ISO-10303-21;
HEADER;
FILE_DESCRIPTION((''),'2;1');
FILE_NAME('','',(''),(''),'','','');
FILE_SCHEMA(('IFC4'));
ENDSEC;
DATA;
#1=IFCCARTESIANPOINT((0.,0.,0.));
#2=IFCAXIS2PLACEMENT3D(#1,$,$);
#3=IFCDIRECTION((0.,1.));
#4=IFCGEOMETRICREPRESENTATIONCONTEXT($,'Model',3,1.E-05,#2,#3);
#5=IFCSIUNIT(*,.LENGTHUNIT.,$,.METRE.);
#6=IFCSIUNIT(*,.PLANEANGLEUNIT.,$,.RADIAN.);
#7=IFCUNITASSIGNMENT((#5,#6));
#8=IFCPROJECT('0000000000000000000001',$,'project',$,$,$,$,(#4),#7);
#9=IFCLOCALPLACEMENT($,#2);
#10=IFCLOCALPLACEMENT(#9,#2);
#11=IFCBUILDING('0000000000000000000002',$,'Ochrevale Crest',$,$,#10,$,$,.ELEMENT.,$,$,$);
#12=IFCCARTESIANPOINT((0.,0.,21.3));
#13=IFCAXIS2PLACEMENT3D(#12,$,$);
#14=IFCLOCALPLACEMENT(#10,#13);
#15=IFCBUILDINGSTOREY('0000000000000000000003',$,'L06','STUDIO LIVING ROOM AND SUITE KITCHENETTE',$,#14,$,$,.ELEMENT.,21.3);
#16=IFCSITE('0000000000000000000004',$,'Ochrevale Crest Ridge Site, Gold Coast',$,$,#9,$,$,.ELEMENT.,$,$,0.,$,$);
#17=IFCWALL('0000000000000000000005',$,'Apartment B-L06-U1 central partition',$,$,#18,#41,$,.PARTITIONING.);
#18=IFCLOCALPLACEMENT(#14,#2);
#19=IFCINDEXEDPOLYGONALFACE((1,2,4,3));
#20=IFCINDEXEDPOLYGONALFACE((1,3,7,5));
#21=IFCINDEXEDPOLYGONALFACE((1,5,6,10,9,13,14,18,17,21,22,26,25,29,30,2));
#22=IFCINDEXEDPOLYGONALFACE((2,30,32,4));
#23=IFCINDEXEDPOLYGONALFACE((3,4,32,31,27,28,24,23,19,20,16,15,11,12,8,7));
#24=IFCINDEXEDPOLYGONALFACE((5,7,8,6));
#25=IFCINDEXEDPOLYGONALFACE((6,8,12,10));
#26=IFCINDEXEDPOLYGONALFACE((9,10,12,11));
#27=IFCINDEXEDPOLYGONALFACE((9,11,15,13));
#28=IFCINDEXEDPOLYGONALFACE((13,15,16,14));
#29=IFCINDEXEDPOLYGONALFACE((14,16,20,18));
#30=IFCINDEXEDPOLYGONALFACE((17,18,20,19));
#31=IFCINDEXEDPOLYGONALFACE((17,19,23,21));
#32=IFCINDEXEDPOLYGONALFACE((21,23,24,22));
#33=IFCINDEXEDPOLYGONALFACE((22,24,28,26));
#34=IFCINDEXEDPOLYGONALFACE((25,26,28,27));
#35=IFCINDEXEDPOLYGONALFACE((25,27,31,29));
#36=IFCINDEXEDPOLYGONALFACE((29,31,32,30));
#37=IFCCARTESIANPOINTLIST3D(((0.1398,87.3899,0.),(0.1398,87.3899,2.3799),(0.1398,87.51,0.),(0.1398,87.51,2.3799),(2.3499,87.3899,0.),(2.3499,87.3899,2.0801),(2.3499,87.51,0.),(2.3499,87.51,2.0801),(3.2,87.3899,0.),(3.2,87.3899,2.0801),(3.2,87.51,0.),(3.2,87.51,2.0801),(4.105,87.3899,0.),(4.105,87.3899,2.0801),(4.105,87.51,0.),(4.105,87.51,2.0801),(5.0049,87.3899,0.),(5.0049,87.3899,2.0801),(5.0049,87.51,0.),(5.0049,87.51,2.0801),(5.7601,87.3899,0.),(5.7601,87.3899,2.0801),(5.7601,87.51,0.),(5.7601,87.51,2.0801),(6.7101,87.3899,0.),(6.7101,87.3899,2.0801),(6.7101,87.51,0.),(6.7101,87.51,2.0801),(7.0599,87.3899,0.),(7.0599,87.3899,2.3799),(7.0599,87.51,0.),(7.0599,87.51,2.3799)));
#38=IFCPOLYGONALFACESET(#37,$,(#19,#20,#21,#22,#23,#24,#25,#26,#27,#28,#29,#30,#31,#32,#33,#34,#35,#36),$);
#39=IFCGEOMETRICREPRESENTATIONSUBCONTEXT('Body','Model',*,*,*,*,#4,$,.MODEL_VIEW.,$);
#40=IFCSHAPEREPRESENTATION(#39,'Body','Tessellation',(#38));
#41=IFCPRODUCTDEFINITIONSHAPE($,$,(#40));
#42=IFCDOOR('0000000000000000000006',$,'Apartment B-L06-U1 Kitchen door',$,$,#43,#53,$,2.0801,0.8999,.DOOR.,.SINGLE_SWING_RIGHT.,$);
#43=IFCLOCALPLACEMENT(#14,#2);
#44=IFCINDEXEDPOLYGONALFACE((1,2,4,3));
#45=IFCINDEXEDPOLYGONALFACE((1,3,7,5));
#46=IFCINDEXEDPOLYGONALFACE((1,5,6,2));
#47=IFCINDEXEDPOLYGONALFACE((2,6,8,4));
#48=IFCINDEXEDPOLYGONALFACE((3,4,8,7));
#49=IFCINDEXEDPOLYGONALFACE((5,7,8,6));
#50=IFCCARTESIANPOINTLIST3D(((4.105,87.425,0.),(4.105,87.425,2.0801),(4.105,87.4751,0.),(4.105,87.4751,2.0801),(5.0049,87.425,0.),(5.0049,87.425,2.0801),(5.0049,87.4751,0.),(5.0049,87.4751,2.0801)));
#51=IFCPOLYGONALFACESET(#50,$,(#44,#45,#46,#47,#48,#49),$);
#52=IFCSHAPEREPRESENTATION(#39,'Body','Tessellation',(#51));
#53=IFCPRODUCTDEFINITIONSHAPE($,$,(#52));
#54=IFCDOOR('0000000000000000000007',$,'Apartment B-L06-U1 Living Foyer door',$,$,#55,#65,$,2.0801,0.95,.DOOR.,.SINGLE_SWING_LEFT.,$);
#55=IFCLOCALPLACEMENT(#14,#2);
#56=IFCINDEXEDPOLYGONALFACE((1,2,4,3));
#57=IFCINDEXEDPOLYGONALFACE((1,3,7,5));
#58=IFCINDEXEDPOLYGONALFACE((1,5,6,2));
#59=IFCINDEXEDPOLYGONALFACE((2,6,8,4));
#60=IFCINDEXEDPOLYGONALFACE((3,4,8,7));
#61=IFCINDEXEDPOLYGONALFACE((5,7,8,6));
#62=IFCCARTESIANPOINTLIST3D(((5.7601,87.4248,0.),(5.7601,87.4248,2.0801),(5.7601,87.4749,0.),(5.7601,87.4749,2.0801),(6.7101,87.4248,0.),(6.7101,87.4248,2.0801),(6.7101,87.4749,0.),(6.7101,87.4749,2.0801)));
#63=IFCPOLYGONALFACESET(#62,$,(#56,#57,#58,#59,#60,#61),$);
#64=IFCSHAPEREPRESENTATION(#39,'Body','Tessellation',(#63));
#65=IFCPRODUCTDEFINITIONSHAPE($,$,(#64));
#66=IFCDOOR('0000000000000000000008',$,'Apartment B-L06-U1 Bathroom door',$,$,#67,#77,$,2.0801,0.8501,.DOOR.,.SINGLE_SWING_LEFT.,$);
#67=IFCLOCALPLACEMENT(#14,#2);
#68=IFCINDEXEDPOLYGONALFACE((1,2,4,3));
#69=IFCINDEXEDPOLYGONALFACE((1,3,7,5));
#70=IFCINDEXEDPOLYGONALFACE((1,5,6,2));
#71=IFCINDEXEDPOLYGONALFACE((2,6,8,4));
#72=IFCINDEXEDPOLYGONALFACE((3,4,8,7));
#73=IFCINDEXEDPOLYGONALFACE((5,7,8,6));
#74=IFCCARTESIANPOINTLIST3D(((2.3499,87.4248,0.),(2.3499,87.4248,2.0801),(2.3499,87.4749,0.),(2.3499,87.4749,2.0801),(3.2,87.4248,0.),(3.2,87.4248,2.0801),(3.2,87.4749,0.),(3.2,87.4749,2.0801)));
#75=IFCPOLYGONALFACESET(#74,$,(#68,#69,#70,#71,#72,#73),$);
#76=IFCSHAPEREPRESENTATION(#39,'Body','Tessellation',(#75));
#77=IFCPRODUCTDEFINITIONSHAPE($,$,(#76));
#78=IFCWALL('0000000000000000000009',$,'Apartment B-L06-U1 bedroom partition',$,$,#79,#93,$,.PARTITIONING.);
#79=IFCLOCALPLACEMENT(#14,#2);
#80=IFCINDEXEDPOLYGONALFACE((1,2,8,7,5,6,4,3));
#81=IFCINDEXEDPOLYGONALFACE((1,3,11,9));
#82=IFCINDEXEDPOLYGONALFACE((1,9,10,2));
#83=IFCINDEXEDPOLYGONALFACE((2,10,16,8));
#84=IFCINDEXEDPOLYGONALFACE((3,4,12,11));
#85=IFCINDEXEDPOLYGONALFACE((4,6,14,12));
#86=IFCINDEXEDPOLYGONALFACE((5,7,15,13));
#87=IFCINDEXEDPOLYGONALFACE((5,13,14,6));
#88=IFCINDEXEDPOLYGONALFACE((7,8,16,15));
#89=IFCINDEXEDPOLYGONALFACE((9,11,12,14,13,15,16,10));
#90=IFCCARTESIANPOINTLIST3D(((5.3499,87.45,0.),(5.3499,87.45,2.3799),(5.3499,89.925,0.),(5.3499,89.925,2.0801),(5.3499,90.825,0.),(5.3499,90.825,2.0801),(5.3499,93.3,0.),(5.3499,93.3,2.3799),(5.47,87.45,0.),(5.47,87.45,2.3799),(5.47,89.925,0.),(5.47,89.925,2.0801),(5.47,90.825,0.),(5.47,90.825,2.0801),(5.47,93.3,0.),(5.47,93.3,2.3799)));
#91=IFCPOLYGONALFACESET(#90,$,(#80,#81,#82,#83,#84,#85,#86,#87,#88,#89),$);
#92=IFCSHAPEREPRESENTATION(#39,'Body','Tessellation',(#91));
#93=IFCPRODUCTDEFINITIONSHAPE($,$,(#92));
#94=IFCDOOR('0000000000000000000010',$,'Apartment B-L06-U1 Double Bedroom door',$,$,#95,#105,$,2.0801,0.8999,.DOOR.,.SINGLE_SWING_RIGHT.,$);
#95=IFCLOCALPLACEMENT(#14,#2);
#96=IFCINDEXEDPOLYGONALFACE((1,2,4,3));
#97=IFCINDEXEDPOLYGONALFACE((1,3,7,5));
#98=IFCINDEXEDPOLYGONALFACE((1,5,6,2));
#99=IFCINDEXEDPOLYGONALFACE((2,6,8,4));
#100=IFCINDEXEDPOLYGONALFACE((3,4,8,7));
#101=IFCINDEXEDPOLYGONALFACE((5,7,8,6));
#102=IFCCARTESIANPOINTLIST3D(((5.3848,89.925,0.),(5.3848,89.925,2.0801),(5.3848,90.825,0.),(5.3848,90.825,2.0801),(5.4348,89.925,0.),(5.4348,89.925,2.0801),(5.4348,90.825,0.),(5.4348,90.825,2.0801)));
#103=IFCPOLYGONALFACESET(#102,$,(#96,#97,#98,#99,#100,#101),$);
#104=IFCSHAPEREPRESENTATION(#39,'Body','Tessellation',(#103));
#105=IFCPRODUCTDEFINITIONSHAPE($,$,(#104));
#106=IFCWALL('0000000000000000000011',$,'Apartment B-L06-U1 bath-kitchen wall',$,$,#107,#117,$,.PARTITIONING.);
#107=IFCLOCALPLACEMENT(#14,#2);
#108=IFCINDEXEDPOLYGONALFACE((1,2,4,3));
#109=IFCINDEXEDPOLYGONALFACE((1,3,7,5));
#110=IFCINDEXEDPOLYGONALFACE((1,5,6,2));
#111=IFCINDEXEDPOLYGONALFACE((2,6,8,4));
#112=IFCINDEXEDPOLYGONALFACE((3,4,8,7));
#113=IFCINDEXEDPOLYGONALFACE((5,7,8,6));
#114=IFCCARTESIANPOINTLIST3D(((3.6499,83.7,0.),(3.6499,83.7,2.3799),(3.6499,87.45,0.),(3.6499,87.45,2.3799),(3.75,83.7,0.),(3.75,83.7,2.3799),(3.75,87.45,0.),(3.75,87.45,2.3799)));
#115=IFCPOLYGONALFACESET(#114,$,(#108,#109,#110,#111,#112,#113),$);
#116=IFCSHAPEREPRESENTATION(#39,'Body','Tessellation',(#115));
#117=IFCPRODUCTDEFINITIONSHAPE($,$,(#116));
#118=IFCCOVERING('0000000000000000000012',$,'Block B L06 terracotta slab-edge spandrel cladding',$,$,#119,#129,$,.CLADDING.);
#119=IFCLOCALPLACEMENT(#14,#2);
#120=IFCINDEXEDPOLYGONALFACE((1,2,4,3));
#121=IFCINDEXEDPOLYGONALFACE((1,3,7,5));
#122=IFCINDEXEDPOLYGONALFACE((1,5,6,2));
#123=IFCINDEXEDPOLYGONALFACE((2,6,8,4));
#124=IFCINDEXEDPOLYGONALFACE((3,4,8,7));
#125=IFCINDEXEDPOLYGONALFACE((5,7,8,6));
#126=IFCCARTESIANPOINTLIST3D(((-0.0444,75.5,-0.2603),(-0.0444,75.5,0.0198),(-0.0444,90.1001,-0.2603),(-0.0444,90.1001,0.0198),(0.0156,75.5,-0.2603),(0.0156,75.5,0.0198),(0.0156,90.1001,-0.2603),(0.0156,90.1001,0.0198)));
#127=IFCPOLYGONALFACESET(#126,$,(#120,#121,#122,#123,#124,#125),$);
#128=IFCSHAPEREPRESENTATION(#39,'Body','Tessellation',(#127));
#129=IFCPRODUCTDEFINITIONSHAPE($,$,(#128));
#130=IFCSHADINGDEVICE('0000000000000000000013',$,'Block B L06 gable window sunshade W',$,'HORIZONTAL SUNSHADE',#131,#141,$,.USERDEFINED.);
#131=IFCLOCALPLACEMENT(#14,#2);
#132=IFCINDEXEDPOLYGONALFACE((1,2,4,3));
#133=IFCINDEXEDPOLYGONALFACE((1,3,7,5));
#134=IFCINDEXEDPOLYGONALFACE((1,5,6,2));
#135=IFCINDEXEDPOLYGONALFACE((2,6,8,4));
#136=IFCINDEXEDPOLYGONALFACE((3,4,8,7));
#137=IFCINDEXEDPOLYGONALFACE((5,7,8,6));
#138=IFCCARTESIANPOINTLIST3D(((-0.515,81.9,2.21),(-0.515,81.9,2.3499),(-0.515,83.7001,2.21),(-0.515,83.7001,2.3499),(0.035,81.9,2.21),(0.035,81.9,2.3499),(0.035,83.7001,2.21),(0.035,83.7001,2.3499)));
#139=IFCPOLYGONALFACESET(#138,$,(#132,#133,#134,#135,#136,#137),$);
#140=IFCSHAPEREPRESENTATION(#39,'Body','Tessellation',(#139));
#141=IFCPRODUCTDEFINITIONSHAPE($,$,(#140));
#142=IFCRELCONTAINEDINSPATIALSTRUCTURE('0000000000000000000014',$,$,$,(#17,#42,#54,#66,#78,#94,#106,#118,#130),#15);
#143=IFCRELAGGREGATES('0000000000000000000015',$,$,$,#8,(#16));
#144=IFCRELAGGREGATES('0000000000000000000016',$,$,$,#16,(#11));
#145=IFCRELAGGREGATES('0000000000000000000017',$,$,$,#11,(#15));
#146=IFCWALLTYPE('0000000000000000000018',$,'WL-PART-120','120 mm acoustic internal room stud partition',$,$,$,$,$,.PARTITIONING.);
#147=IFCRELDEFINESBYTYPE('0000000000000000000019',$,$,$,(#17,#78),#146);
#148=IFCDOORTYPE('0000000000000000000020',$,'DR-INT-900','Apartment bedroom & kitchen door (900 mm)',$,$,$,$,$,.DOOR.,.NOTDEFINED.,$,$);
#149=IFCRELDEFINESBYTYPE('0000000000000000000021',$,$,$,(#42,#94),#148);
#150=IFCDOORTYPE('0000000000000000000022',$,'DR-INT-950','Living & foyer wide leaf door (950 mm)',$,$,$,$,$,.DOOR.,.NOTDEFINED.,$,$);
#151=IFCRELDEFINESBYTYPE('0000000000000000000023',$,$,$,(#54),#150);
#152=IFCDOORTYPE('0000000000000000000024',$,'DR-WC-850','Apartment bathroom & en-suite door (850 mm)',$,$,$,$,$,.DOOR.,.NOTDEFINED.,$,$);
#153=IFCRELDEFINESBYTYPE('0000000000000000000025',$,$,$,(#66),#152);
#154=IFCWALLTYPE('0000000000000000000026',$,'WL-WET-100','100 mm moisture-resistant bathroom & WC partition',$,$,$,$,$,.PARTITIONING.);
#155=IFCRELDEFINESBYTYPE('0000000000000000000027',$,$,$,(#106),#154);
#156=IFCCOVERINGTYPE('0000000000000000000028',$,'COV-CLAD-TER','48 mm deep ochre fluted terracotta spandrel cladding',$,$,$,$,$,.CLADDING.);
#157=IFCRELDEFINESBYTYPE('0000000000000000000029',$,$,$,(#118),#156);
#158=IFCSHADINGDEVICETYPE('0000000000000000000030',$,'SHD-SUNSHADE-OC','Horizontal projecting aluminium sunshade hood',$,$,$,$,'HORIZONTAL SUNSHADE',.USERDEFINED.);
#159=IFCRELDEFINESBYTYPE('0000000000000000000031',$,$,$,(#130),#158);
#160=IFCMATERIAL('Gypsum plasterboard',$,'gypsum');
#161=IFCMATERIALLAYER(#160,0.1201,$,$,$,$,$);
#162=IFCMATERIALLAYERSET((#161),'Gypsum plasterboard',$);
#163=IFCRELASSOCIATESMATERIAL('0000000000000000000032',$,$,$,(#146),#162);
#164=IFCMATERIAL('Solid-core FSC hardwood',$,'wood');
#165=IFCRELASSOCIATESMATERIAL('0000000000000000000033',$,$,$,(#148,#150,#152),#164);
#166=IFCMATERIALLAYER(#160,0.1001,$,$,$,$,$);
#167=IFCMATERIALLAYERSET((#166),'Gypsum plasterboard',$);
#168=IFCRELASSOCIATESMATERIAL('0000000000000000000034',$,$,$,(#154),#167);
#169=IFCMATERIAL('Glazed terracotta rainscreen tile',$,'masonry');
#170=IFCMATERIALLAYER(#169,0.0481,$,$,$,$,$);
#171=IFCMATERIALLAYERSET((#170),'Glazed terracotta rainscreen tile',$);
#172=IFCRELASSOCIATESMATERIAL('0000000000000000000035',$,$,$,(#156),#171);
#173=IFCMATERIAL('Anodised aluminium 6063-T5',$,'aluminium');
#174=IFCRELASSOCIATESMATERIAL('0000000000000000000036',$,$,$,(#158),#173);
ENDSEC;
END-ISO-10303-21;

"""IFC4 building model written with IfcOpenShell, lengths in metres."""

from ifc_helpers import new_model, si_unit, direction, frame, frame_2d, origin, origin_2d, place, context, subcontext, project, spatial, rectangle, extrude, material, layer, layer_set, type_object, element, fill, save


model = new_model("IFC4")

# Units and contexts
model_context = context("Model", 3, precision=1e-05, world=origin(), true_north=direction((0.0, 1.0)))
body_context = subcontext(model_context, "Body", "Model", "MODEL_VIEW")
ifc_project = project(units=[si_unit("LENGTHUNIT", "METRE"), si_unit("PLANEANGLEUNIT", "RADIAN")], contexts=[model_context])

# Site, building, storey
site_placement = place(None, origin())
site = spatial("IfcSite", under=ifc_project, at=site_placement, Name="Ochrevale Crest Ridge Site, Gold Coast", CompositionType="ELEMENT", RefElevation=0.0)
building_placement = place(site_placement, origin())
building = spatial("IfcBuilding", under=site, at=building_placement, Name="Ochrevale Crest", CompositionType="ELEMENT")
storey_placement = place(building_placement, frame((0.0, 0.0, 21.3)))
storey = spatial("IfcBuildingStorey", under=building, at=storey_placement, Name="L06", Description="STUDIO LIVING ROOM AND SUITE KITCHENETTE", CompositionType="ELEMENT", Elevation=21.3)

# Shared definitions
ifc_material_1 = material(Name="Anodised aluminium 6063-T5", Category="aluminium")

# Shared definitions
ifc_material_2 = material(Name="Gypsum plasterboard", Category="gypsum")
ifc_material_3 = material(Name="Solid-core FSC hardwood", Category="wood")

# Shared definitions
ifc_layer_1 = layer(ifc_material_2, 0.1201)
ifc_layer_set_1 = layer_set([ifc_layer_1], Name="Gypsum plasterboard")
wall_type_1 = type_object("IfcWallType", Name="WL-PART-120", Description="120 mm acoustic internal room stud partition", PredefinedType="PARTITIONING", material=ifc_layer_set_1)

# Wall, openings, doors
wall_1_placement = place(storey_placement, frame((0.1399, 87.45, 0.0), z_axis=(0.0, 0.0, 1.0), x_axis=(1.0, 0.0, 0.0)))
wall_1 = element("IfcWall", 1, at=wall_1_placement, inside=storey, type_object=wall_type_1, Name="Apartment B-L06-U1 central partition", PredefinedType="PARTITIONING", context=body_context, shape_type="SweptSolid", body=[
    extrude(rectangle(XDim=6.9202, YDim=0.1201, at=frame_2d((3.46, 0.0))), origin(), (0.0, 0.0, 1.0), 2.3799),
])
opening_1_placement = place(wall_1_placement, frame((2.21, 0.0, 0.0)))
opening_1 = element("IfcOpeningElement", 2, at=opening_1_placement, cuts=wall_1, PredefinedType="OPENING", context=body_context, shape_type="SweptSolid", body=[
    extrude(rectangle(XDim=0.8501, YDim=2.0801, at=frame_2d((0.425, 1.04))), frame((0.0, 0.0701, 0.0), z_axis=(0.0, -1.0, 0.0), x_axis=(1.0, 0.0, 0.0)), (0.0, 0.0, 1.0), 0.1401),
])
opening_2_placement = place(wall_1_placement, frame((4.865, 0.0, 0.0), z_axis=(0.0, 0.0, 1.0), x_axis=(-1.0, 0.0, 0.0)))
opening_2 = element("IfcOpeningElement", 3, at=opening_2_placement, cuts=wall_1, PredefinedType="OPENING", context=body_context, shape_type="SweptSolid", body=[
    extrude(rectangle(XDim=0.8999, YDim=2.0801, at=frame_2d((0.45, 1.04))), frame((0.0, 0.0701, 0.0), z_axis=(0.0, -1.0, 0.0), x_axis=(1.0, 0.0, 0.0)), (0.0, 0.0, 1.0), 0.1401),
])
opening_3_placement = place(wall_1_placement, frame((5.6201, 0.0, 0.0)))
opening_3 = element("IfcOpeningElement", 4, at=opening_3_placement, cuts=wall_1, PredefinedType="OPENING", context=body_context, shape_type="SweptSolid", body=[
    extrude(rectangle(XDim=0.95, YDim=2.0801, at=frame_2d((0.4751, 1.04))), frame((0.0, 0.0701, 0.0), z_axis=(0.0, -1.0, 0.0), x_axis=(1.0, 0.0, 0.0)), (0.0, 0.0, 1.0), 0.1401),
])
door_type_1 = type_object("IfcDoorType", Name="DR-INT-900", Description="Apartment bedroom & kitchen door (900 mm)", OperationType="NOTDEFINED", PredefinedType="DOOR", material=ifc_material_3)
door_1_placement = place(opening_2_placement, origin())
door_1 = element("IfcDoor", 5, at=door_1_placement, inside=storey, type_object=door_type_1, Name="Apartment B-L06-U1 Kitchen door", OperationType="SINGLE_SWING_RIGHT", OverallHeight=2.0801, OverallWidth=0.8999, PredefinedType="DOOR", context=body_context, shape_type="SweptSolid", body=[
    extrude(rectangle(XDim=0.8999, YDim=2.0801, at=frame_2d((0.45, 1.04))), frame((0.0, 0.0249, 0.0), z_axis=(0.0, -1.0, 0.0), x_axis=(1.0, 0.0, 0.0)), (0.0, 0.0, 1.0), 0.05),
])
fill(opening_2, door_1)
door_type_2 = type_object("IfcDoorType", Name="DR-INT-950", Description="Living & foyer wide leaf door (950 mm)", OperationType="NOTDEFINED", PredefinedType="DOOR", material=ifc_material_3)
door_2_placement = place(opening_3_placement, origin())
door_2 = element("IfcDoor", 6, at=door_2_placement, inside=storey, type_object=door_type_2, Name="Apartment B-L06-U1 Living Foyer door", OperationType="SINGLE_SWING_LEFT", OverallHeight=2.0801, OverallWidth=0.95, PredefinedType="DOOR", context=body_context, shape_type="SweptSolid", body=[
    extrude(rectangle(XDim=0.95, YDim=2.0801, at=frame_2d((0.4751, 1.04))), frame((0.0, 0.0249, 0.0), z_axis=(0.0, -1.0, 0.0), x_axis=(1.0, 0.0, 0.0)), (0.0, 0.0, 1.0), 0.05),
])
fill(opening_3, door_2)
door_type_3 = type_object("IfcDoorType", Name="DR-WC-850", Description="Apartment bathroom & en-suite door (850 mm)", OperationType="NOTDEFINED", PredefinedType="DOOR", material=ifc_material_3)
door_3_placement = place(opening_1_placement, origin())
door_3 = element("IfcDoor", 7, at=door_3_placement, inside=storey, type_object=door_type_3, Name="Apartment B-L06-U1 Bathroom door", OperationType="SINGLE_SWING_LEFT", OverallHeight=2.0801, OverallWidth=0.8501, PredefinedType="DOOR", context=body_context, shape_type="SweptSolid", body=[
    extrude(rectangle(XDim=0.8501, YDim=2.0801, at=frame_2d((0.425, 1.04))), frame((0.0, 0.0249, 0.0), z_axis=(0.0, -1.0, 0.0), x_axis=(1.0, 0.0, 0.0)), (0.0, 0.0, 1.0), 0.05),
])
fill(opening_1, door_3)

# Wall, opening, door
wall_2_placement = place(storey_placement, frame((5.4099, 87.45, 0.0), z_axis=(0.0, 0.0, 1.0), x_axis=(0.0, 1.0, 0.0)))
wall_2 = element("IfcWall", 8, at=wall_2_placement, inside=storey, type_object=wall_type_1, Name="Apartment B-L06-U1 bedroom partition", PredefinedType="PARTITIONING", context=body_context, shape_type="SweptSolid", body=[
    extrude(rectangle(XDim=5.8501, YDim=0.1201, at=frame_2d((2.925, 0.0))), origin(), (0.0, 0.0, 1.0), 2.3799),
])
opening_4_placement = place(wall_2_placement, frame((3.375, 0.0, 0.0), z_axis=(0.0, 0.0, 1.0), x_axis=(-1.0, 0.0, 0.0)))
opening_4 = element("IfcOpeningElement", 9, at=opening_4_placement, cuts=wall_2, PredefinedType="OPENING", context=body_context, shape_type="SweptSolid", body=[
    extrude(rectangle(XDim=0.8999, YDim=2.0801, at=frame_2d((0.45, 1.04))), frame((0.0, 0.0701, 0.0), z_axis=(0.0, -1.0, 0.0), x_axis=(1.0, 0.0, 0.0)), (0.0, 0.0, 1.0), 0.1401),
])
door_4_placement = place(opening_4_placement, origin())
door_4 = element("IfcDoor", 10, at=door_4_placement, inside=storey, type_object=door_type_1, Name="Apartment B-L06-U1 Double Bedroom door", OperationType="SINGLE_SWING_RIGHT", OverallHeight=2.0801, OverallWidth=0.8999, PredefinedType="DOOR", context=body_context, shape_type="SweptSolid", body=[
    extrude(rectangle(XDim=0.8999, YDim=2.0801, at=frame_2d((0.45, 1.04))), frame((0.0, 0.0249, 0.0), z_axis=(0.0, -1.0, 0.0), x_axis=(1.0, 0.0, 0.0)), (0.0, 0.0, 1.0), 0.05),
])
fill(opening_4, door_4)

# Wall
ifc_layer_2 = layer(ifc_material_2, 0.1001)
ifc_layer_set_2 = layer_set([ifc_layer_2], Name="Gypsum plasterboard")
wall_type_2 = type_object("IfcWallType", Name="WL-WET-100", Description="100 mm moisture-resistant bathroom & WC partition", PredefinedType="PARTITIONING", material=ifc_layer_set_2)
wall_3_placement = place(storey_placement, frame((3.7, 83.7, 0.0), z_axis=(0.0, 0.0, 1.0), x_axis=(0.0, 1.0, 0.0)))
element("IfcWall", 11, at=wall_3_placement, inside=storey, type_object=wall_type_2, Name="Apartment B-L06-U1 bath-kitchen wall", PredefinedType="PARTITIONING", context=body_context, shape_type="SweptSolid", body=[
    extrude(rectangle(XDim=3.75, YDim=0.1001, at=frame_2d((1.875, 0.0))), origin(), (0.0, 0.0, 1.0), 2.3799),
])

# Covering
ifc_material_4 = material(Name="Glazed terracotta rainscreen tile", Category="masonry")
ifc_layer_3 = layer(ifc_material_4, 0.0481)
ifc_layer_set_3 = layer_set([ifc_layer_3], Name="Glazed terracotta rainscreen tile")
covering_type = type_object("IfcCoveringType", Name="COV-CLAD-TER", Description="48 mm deep ochre fluted terracotta spandrel cladding", PredefinedType="CLADDING", material=ifc_layer_set_3)
covering_placement = place(storey_placement, frame((-0.0144, 82.8, -0.2603), z_axis=(0.0, 0.0, 1.0), x_axis=(0.0, -1.0, 0.0)))
element("IfcCovering", 12, at=covering_placement, inside=storey, type_object=covering_type, Name="Block B L06 terracotta slab-edge spandrel cladding", PredefinedType="CLADDING", context=body_context, shape_type="SweptSolid", body=[
    extrude(rectangle(XDim=14.6001, YDim=0.0601, at=origin_2d()), origin(), (0.0, 0.0, 1.0), 0.28),
])

# Shading device
shading_device_type = type_object("IfcShadingDeviceType", Name="SHD-SUNSHADE-OC", Description="Horizontal projecting aluminium sunshade hood", ElementType="HORIZONTAL SUNSHADE", PredefinedType="USERDEFINED", material=ifc_material_1)
shading_device_placement = place(storey_placement, frame((-0.24, 82.8, 2.21), z_axis=(0.0, 0.0, 1.0), x_axis=(1.0, 0.0, 0.0)))
element("IfcShadingDevice", 13, at=shading_device_placement, inside=storey, type_object=shading_device_type, Name="Block B L06 gable window sunshade W", ObjectType="HORIZONTAL SUNSHADE", PredefinedType="USERDEFINED", context=body_context, shape_type="SweptSolid", body=[
    extrude(rectangle(XDim=0.55, YDim=1.8, at=origin_2d()), origin(), (0.0, 0.0, 1.0), 0.1399),
])

save(model, "model.ifc")
